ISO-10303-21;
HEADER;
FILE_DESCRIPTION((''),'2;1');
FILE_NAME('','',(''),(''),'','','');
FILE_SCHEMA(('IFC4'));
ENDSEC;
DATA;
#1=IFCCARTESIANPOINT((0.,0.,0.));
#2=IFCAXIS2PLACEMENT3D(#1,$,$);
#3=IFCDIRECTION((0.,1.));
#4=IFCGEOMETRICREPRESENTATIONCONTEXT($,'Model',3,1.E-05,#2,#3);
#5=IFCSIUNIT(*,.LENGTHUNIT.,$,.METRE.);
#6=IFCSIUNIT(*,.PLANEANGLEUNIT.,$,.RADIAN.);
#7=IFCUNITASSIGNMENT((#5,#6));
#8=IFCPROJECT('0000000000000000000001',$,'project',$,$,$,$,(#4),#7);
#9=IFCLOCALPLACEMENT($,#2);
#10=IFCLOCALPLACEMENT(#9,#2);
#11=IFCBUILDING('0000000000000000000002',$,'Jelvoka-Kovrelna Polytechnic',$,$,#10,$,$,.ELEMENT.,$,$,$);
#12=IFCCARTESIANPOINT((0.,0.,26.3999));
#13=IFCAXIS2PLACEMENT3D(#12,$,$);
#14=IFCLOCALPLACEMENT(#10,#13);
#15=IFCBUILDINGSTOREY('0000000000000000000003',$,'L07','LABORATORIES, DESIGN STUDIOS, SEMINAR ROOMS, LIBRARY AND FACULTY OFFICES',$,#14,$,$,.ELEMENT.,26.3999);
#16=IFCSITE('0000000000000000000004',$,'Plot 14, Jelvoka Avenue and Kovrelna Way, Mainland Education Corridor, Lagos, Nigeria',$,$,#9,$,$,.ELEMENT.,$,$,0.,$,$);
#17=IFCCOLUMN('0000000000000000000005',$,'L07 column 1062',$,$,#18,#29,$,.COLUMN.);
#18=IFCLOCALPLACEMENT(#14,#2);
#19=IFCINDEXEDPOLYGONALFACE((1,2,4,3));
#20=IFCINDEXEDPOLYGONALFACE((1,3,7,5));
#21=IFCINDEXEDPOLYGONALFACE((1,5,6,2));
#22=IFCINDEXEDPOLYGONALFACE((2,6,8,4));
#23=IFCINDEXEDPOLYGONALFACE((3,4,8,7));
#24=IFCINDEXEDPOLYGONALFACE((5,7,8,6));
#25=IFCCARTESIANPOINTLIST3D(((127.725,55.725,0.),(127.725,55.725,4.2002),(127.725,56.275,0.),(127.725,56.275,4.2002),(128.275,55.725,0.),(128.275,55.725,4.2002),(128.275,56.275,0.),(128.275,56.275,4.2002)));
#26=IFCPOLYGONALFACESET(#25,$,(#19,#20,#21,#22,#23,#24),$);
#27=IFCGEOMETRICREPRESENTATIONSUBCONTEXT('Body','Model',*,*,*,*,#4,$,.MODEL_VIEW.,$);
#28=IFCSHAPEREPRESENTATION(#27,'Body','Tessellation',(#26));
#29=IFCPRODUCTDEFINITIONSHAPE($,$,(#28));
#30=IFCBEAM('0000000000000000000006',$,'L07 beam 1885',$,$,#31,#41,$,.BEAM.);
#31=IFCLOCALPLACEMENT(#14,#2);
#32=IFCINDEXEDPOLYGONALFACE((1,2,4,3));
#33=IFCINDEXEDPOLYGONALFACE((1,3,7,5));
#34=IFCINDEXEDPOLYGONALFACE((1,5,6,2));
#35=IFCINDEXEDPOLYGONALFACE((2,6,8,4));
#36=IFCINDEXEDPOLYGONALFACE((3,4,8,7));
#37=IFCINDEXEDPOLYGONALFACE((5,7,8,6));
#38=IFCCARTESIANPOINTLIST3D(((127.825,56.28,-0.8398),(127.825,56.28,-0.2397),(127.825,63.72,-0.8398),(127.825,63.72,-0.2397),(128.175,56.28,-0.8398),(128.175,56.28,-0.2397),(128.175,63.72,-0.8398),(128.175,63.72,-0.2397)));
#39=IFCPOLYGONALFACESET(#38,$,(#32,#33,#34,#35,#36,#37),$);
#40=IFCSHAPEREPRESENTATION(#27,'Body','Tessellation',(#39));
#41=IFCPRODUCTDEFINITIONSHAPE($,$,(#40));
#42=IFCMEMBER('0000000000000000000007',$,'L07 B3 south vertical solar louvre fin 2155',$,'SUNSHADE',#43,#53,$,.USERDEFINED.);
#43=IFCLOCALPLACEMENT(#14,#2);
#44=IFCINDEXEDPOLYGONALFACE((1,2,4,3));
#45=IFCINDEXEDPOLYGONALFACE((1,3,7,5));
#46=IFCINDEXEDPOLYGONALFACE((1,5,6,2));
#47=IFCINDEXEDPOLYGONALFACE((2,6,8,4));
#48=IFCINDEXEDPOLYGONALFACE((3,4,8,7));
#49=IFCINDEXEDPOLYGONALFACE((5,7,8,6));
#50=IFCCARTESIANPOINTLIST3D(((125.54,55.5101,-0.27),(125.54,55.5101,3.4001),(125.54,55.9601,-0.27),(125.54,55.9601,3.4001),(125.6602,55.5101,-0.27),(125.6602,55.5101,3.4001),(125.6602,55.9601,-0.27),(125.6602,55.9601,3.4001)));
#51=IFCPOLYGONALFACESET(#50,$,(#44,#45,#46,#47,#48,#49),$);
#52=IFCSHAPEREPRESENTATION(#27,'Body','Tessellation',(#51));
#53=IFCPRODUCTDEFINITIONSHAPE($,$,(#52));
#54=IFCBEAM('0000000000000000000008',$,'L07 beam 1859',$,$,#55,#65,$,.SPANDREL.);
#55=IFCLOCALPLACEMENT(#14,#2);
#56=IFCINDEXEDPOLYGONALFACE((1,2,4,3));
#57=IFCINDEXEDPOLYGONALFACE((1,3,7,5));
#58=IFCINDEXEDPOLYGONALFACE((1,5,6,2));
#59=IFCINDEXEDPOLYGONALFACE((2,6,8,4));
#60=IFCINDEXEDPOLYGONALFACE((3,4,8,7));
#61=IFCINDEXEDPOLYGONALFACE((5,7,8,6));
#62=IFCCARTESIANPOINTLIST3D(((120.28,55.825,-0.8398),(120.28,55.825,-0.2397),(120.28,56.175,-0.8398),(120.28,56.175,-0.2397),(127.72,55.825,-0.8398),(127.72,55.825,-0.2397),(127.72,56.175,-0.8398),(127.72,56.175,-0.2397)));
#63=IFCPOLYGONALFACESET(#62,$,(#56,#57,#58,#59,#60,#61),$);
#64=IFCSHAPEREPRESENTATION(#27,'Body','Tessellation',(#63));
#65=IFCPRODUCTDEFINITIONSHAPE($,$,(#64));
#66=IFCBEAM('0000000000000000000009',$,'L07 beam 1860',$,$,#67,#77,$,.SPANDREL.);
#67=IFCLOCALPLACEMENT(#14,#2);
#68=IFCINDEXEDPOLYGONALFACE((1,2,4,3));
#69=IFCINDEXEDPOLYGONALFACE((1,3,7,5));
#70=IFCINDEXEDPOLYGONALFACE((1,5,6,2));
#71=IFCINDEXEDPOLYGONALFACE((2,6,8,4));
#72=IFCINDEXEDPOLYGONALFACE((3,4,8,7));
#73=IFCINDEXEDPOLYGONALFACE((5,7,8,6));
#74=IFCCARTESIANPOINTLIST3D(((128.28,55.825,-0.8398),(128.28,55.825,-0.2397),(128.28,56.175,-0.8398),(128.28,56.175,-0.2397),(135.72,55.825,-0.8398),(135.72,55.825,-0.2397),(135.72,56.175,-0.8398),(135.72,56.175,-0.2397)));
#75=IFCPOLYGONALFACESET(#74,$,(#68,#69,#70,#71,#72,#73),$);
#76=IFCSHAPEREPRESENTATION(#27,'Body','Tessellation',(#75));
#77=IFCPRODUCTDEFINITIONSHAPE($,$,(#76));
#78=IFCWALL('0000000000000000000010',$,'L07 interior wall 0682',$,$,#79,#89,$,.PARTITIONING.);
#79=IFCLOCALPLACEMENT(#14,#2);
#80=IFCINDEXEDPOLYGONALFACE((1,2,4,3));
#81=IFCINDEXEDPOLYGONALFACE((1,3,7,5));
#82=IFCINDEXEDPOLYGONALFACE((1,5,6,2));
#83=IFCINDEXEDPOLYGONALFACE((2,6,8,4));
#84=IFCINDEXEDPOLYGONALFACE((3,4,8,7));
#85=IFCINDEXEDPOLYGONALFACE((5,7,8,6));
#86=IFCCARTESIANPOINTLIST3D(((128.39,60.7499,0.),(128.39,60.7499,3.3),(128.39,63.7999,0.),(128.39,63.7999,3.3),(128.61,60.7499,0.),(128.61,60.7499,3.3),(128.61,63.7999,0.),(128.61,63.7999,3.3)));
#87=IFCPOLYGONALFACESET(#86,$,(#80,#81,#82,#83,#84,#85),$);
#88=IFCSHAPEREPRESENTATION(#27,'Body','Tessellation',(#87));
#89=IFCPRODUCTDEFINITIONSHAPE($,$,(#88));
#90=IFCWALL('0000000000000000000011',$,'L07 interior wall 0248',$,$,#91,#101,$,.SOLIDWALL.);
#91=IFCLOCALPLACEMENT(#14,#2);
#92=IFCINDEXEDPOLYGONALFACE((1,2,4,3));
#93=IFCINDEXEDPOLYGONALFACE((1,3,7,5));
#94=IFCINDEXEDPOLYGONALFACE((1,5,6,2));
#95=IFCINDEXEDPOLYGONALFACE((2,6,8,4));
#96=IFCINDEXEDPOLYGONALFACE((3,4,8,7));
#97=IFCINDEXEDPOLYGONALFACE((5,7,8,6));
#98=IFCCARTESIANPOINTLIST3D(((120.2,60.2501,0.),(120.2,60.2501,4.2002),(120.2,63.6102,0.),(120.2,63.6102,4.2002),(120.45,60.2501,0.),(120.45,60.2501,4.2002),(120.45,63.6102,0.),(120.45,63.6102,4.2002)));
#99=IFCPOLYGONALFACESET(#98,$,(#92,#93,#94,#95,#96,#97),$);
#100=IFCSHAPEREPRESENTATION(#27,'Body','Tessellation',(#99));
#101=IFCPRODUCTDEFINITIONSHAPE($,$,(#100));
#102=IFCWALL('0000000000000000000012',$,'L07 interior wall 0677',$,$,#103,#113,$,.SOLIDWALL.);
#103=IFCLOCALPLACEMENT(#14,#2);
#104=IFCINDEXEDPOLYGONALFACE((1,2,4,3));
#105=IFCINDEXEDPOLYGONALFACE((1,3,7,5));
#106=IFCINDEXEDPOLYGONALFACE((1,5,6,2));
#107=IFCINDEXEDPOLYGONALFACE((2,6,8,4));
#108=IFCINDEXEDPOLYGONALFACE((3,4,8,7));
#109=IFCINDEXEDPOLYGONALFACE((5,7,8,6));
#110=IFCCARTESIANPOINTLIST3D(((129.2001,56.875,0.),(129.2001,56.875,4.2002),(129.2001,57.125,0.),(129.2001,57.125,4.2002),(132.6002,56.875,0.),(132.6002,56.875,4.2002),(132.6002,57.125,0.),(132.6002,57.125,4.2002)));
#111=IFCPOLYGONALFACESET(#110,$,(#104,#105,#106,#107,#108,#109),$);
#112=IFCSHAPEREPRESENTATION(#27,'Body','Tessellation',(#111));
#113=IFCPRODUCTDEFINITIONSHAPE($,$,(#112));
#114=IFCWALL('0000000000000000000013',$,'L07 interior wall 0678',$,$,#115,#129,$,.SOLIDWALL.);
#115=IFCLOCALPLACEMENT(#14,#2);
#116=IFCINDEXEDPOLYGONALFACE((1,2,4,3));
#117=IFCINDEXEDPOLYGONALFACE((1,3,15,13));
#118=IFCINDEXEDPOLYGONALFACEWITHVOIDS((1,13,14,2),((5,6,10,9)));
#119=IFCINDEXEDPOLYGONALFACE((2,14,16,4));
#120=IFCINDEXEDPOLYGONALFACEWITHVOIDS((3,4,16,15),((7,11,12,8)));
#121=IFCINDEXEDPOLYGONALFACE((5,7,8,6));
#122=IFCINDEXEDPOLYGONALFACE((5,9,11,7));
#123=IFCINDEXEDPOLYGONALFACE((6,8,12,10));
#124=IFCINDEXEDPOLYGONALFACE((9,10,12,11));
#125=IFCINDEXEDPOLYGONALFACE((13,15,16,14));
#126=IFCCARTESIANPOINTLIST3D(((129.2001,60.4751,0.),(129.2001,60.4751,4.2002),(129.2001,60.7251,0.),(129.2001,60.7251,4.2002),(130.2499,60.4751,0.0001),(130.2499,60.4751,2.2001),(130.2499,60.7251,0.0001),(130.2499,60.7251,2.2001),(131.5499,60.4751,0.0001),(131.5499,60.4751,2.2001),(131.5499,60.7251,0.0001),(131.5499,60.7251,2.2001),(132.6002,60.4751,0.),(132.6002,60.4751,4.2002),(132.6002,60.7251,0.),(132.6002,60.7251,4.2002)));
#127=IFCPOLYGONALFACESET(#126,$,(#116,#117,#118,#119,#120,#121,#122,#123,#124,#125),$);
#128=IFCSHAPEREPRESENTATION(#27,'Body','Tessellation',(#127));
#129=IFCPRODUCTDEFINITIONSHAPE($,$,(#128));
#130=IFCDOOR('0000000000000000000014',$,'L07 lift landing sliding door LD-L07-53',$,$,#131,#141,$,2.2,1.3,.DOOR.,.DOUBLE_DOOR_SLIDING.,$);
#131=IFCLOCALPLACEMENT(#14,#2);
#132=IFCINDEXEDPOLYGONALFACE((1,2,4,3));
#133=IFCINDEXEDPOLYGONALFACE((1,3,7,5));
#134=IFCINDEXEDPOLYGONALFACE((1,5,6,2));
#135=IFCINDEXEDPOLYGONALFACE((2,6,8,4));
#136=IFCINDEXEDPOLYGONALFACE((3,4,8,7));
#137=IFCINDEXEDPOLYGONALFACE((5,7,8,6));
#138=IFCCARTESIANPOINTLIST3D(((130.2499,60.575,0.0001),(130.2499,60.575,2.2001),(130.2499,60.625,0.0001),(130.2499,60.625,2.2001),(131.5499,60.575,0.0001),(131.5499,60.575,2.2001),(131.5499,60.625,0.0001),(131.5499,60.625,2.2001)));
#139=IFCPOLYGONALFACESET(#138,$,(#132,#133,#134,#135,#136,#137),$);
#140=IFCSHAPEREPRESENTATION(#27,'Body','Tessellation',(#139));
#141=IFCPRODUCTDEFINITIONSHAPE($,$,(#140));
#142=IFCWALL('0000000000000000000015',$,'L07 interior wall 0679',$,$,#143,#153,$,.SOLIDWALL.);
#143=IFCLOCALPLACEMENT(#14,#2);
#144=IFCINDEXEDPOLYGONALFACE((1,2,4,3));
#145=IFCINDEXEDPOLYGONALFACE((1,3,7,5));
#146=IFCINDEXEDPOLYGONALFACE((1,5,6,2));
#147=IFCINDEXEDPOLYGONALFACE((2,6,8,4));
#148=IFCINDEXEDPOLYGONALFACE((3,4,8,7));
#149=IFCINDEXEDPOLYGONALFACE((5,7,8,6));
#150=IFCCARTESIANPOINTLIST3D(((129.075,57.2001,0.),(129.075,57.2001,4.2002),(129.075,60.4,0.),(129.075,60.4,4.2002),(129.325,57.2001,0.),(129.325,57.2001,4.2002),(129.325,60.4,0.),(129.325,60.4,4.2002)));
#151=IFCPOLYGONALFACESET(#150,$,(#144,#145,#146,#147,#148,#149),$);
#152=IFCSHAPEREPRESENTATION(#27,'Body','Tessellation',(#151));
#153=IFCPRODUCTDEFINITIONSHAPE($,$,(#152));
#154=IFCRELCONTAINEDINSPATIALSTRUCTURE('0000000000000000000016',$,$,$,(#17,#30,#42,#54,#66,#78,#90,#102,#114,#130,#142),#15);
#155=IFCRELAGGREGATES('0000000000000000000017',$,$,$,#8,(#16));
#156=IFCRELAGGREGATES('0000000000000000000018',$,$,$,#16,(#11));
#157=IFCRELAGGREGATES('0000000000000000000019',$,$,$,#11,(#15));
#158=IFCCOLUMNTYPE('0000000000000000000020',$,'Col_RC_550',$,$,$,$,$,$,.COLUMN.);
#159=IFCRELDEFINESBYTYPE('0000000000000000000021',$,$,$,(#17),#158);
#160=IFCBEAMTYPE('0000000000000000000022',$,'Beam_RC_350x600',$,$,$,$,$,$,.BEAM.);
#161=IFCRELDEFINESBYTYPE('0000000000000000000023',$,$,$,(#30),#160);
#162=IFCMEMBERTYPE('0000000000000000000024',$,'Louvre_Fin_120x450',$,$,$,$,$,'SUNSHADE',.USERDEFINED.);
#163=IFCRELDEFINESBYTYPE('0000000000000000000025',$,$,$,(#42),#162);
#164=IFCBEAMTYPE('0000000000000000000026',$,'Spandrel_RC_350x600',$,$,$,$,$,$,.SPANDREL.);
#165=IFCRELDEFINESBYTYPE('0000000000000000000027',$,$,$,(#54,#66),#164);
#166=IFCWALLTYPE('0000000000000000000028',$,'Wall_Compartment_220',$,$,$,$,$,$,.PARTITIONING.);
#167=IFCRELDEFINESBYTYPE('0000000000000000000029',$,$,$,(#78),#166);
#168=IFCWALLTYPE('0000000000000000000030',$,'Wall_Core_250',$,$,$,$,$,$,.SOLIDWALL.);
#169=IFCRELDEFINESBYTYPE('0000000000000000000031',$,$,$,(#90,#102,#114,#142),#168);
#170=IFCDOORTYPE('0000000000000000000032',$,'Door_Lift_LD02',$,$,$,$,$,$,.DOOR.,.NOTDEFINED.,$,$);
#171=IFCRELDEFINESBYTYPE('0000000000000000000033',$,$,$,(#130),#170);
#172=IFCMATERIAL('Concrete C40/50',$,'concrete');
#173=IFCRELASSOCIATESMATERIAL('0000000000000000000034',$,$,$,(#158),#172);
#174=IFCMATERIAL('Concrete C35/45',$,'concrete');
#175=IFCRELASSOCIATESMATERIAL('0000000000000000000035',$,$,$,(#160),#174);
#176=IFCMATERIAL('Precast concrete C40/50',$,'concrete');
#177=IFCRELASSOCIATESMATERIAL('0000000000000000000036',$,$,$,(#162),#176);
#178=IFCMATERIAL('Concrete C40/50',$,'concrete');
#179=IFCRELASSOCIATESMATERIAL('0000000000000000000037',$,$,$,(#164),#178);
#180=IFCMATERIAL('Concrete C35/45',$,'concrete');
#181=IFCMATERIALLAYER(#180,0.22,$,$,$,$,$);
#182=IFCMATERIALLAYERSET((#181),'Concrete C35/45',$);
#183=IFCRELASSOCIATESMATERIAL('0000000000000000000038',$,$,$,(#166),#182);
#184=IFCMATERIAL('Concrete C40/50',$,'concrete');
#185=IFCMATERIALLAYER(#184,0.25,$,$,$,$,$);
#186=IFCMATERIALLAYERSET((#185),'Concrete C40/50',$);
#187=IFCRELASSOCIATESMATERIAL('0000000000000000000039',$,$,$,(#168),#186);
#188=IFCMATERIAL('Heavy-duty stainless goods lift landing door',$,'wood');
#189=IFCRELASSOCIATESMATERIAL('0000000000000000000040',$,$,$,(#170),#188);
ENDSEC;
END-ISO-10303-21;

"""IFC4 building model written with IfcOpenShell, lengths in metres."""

from ifc_helpers import new_model, si_unit, direction, frame, frame_2d, origin, origin_2d, place, context, subcontext, project, spatial, rectangle, extrude, material, layer, layer_set, material_profile, profile_set, type_object, element, fill, save


model = new_model("IFC4")

# Units and contexts
model_context = context("Model", 3, precision=1e-05, world=origin(), true_north=direction((0.0, 1.0)))
body_context = subcontext(model_context, "Body", "Model", "MODEL_VIEW")
ifc_project = project(units=[si_unit("LENGTHUNIT", "METRE"), si_unit("PLANEANGLEUNIT", "RADIAN")], contexts=[model_context])

# Site, building, storey
site_placement = place(None, origin())
site = spatial("IfcSite", under=ifc_project, at=site_placement, Name="Plot 14, Jelvoka Avenue and Kovrelna Way, Mainland Education Corridor, Lagos, Nigeria", CompositionType="ELEMENT", RefElevation=0.0)
building_placement = place(site_placement, origin())
building = spatial("IfcBuilding", under=site, at=building_placement, Name="Jelvoka-Kovrelna Polytechnic", CompositionType="ELEMENT")
storey_placement = place(building_placement, frame((0.0, 0.0, 26.3999)))
storey = spatial("IfcBuildingStorey", under=building, at=storey_placement, Name="L07", Description="LABORATORIES, DESIGN STUDIOS, SEMINAR ROOMS, LIBRARY AND FACULTY OFFICES", CompositionType="ELEMENT", Elevation=26.3999)

# Column
ifc_material_1 = material(Name="Concrete C40/50", Category="concrete")
ifc_material_profile_1 = material_profile(ifc_material_1, rectangle(XDim=0.55, YDim=0.55, at=origin_2d()), Name="RC 550x550")
ifc_profile_set_1 = profile_set([ifc_material_profile_1], Name="Concrete C40/50")
column_type = type_object("IfcColumnType", Name="Col_RC_550", PredefinedType="COLUMN", material=ifc_profile_set_1)
column_placement = place(storey_placement, frame((128.0, 56.0, 0.0), z_axis=(0.0, 0.0, 1.0), x_axis=(1.0, 0.0, 0.0)))
element("IfcColumn", 1, at=column_placement, inside=storey, type_object=column_type, Name="L07 column 1062", PredefinedType="COLUMN", context=body_context, shape_type="SweptSolid", body=[
    extrude(rectangle(XDim=0.55, YDim=0.55, at=origin_2d()), origin(), (0.0, 0.0, 1.0), 4.2002),
])

# Beam
ifc_material_2 = material(Name="Concrete C35/45", Category="concrete")
ifc_material_profile_2 = material_profile(ifc_material_2, rectangle(XDim=0.3501, YDim=0.6001, at=origin_2d()), Name="RC 350x600")
ifc_profile_set_2 = profile_set([ifc_material_profile_2], Name="Concrete C35/45")
beam_type_1 = type_object("IfcBeamType", Name="Beam_RC_350x600", PredefinedType="BEAM", material=ifc_profile_set_2)
beam_placement = place(storey_placement, frame((128.0, 56.28, -0.5398), z_axis=(0.0, 1.0, 0.0), x_axis=(-1.0, 0.0, 0.0)))
element("IfcBeam", 2, at=beam_placement, inside=storey, type_object=beam_type_1, Name="L07 beam 1885", PredefinedType="BEAM", context=body_context, shape_type="SweptSolid", body=[
    extrude(rectangle(XDim=0.3501, YDim=0.6001, at=origin_2d()), origin(), (0.0, 0.0, 1.0), 7.4399),
])

# Member
ifc_material_3 = material(Name="Precast concrete C40/50", Category="concrete")
ifc_material_profile_3 = material_profile(ifc_material_3, rectangle(XDim=0.1201, YDim=0.45, at=origin_2d()), Name="PC 120x450")
ifc_profile_set_3 = profile_set([ifc_material_profile_3], Name="Precast concrete C40/50")
member_type = type_object("IfcMemberType", Name="Louvre_Fin_120x450", ElementType="SUNSHADE", PredefinedType="USERDEFINED", material=ifc_profile_set_3)
member_placement = place(storey_placement, frame((125.6001, 55.7351, -0.27), z_axis=(0.0, 0.0, 1.0), x_axis=(1.0, 0.0, 0.0)))
element("IfcMember", 3, at=member_placement, inside=storey, type_object=member_type, Name="L07 B3 south vertical solar louvre fin 2155", ObjectType="SUNSHADE", PredefinedType="USERDEFINED", context=body_context, shape_type="SweptSolid", body=[
    extrude(rectangle(XDim=0.1201, YDim=0.45, at=origin_2d()), origin(), (0.0, 0.0, 1.0), 3.6702),
])

# Beams
ifc_material_4 = material(Name="Concrete C40/50", Category="concrete")
ifc_material_profile_4 = material_profile(ifc_material_4, rectangle(XDim=0.3501, YDim=0.6001, at=origin_2d()), Name="RC 350x600")
ifc_profile_set_4 = profile_set([ifc_material_profile_4], Name="Concrete C40/50")
beam_type_2 = type_object("IfcBeamType", Name="Spandrel_RC_350x600", PredefinedType="SPANDREL", material=ifc_profile_set_4)
for number, where, z_axis, x_axis, name in (
    (4, (120.28, 56.0, -0.5398), (1.0, 0.0, 0.0), (0.0, 1.0, 0.0), "L07 beam 1859"),
    (5, (128.28, 56.0, -0.5398), (1.0, 0.0, 0.0), (0.0, 1.0, 0.0), "L07 beam 1860"),
):
    element("IfcBeam", number, at=place(storey_placement, frame(where, z_axis=z_axis, x_axis=x_axis)), inside=storey, type_object=beam_type_2, Name=name, PredefinedType="SPANDREL", context=body_context, shape_type="SweptSolid", body=[
        extrude(rectangle(XDim=0.3501, YDim=0.6001, at=origin_2d()), origin(), (0.0, 0.0, 1.0), 7.4399),
    ])

# Walls
ifc_material_5 = material(Name="Concrete C35/45", Category="concrete")
ifc_layer_1 = layer(ifc_material_5, 0.22)
ifc_layer_set_1 = layer_set([ifc_layer_1], Name="Concrete C35/45")
wall_type_1 = type_object("IfcWallType", Name="Wall_Compartment_220", PredefinedType="PARTITIONING", material=ifc_layer_set_1)
wall_1_placement = place(storey_placement, frame((128.5, 60.75, 0.0), z_axis=(0.0, 0.0, 1.0), x_axis=(0.0, 1.0, 0.0)))
element("IfcWall", 6, at=wall_1_placement, inside=storey, type_object=wall_type_1, Name="L07 interior wall 0682", PredefinedType="PARTITIONING", context=body_context, shape_type="SweptSolid", body=[
    extrude(rectangle(XDim=3.05, YDim=0.22, at=frame_2d((1.5249, 0.0))), origin(), (0.0, 0.0, 1.0), 3.3),
])
ifc_material_6 = material(Name="Concrete C40/50", Category="concrete")
ifc_layer_2 = layer(ifc_material_6, 0.25)
ifc_layer_set_2 = layer_set([ifc_layer_2], Name="Concrete C40/50")
wall_type_2 = type_object("IfcWallType", Name="Wall_Core_250", PredefinedType="SOLIDWALL", material=ifc_layer_set_2)
wall_2_placement = place(storey_placement, frame((120.325, 60.25, 0.0), z_axis=(0.0, 0.0, 1.0), x_axis=(0.0, 1.0, 0.0)))
element("IfcWall", 7, at=wall_2_placement, inside=storey, type_object=wall_type_2, Name="L07 interior wall 0248", PredefinedType="SOLIDWALL", context=body_context, shape_type="SweptSolid", body=[
    extrude(rectangle(XDim=3.3601, YDim=0.25, at=frame_2d((1.6802, 0.0))), origin(), (0.0, 0.0, 1.0), 4.2002),
])
wall_3_placement = place(storey_placement, frame((129.2, 57.0, 0.0), z_axis=(0.0, 0.0, 1.0), x_axis=(1.0, 0.0, 0.0)))
element("IfcWall", 8, at=wall_3_placement, inside=storey, type_object=wall_type_2, Name="L07 interior wall 0677", PredefinedType="SOLIDWALL", context=body_context, shape_type="SweptSolid", body=[
    extrude(rectangle(XDim=3.4001, YDim=0.25, at=frame_2d((1.7002, 0.0))), origin(), (0.0, 0.0, 1.0), 4.2002),
])

# Wall, opening, door
wall_4_placement = place(storey_placement, frame((129.2, 60.6001, 0.0), z_axis=(0.0, 0.0, 1.0), x_axis=(1.0, 0.0, 0.0)))
wall_4 = element("IfcWall", 9, at=wall_4_placement, inside=storey, type_object=wall_type_2, Name="L07 interior wall 0678", PredefinedType="SOLIDWALL", context=body_context, shape_type="SweptSolid", body=[
    extrude(rectangle(XDim=3.4001, YDim=0.25, at=frame_2d((1.7002, 0.0))), origin(), (0.0, 0.0, 1.0), 4.2002),
])
opening_1_placement = place(wall_4_placement, frame((1.05, 0.0, 0.0)))
opening_1 = element("IfcOpeningElement", 10, at=opening_1_placement, cuts=wall_4, PredefinedType="OPENING", context=body_context, shape_type="SweptSolid", body=[
    extrude(rectangle(XDim=1.3, YDim=2.2, at=frame_2d((0.6499, 1.1001))), frame((0.0, 0.135, 0.0), z_axis=(0.0, -1.0, 0.0), x_axis=(1.0, 0.0, 0.0)), (0.0, 0.0, 1.0), 0.27),
])
ifc_material_7 = material(Name="Heavy-duty stainless goods lift landing door", Category="wood")
door_type = type_object("IfcDoorType", Name="Door_Lift_LD02", OperationType="NOTDEFINED", PredefinedType="DOOR", material=ifc_material_7)
door_placement = place(opening_1_placement, origin())
door = element("IfcDoor", 11, at=door_placement, inside=storey, type_object=door_type, Name="L07 lift landing sliding door LD-L07-53", OperationType="DOUBLE_DOOR_SLIDING", OverallHeight=2.2, OverallWidth=1.3, PredefinedType="DOOR", context=body_context, shape_type="SweptSolid", body=[
    extrude(rectangle(XDim=1.3, YDim=2.2, at=frame_2d((0.6499, 1.1001))), frame((0.0, 0.0249, 0.0), z_axis=(0.0, -1.0, 0.0), x_axis=(1.0, 0.0, 0.0)), (0.0, 0.0, 1.0), 0.05),
])
fill(opening_1, door)

# Wall
wall_5_placement = place(storey_placement, frame((129.2, 57.2, 0.0), z_axis=(0.0, 0.0, 1.0), x_axis=(0.0, 1.0, 0.0)))
element("IfcWall", 12, at=wall_5_placement, inside=storey, type_object=wall_type_2, Name="L07 interior wall 0679", PredefinedType="SOLIDWALL", context=body_context, shape_type="SweptSolid", body=[
    extrude(rectangle(XDim=3.2, YDim=0.25, at=frame_2d((1.6001, 0.0))), origin(), (0.0, 0.0, 1.0), 4.2002),
])

save(model, "model.ifc")
